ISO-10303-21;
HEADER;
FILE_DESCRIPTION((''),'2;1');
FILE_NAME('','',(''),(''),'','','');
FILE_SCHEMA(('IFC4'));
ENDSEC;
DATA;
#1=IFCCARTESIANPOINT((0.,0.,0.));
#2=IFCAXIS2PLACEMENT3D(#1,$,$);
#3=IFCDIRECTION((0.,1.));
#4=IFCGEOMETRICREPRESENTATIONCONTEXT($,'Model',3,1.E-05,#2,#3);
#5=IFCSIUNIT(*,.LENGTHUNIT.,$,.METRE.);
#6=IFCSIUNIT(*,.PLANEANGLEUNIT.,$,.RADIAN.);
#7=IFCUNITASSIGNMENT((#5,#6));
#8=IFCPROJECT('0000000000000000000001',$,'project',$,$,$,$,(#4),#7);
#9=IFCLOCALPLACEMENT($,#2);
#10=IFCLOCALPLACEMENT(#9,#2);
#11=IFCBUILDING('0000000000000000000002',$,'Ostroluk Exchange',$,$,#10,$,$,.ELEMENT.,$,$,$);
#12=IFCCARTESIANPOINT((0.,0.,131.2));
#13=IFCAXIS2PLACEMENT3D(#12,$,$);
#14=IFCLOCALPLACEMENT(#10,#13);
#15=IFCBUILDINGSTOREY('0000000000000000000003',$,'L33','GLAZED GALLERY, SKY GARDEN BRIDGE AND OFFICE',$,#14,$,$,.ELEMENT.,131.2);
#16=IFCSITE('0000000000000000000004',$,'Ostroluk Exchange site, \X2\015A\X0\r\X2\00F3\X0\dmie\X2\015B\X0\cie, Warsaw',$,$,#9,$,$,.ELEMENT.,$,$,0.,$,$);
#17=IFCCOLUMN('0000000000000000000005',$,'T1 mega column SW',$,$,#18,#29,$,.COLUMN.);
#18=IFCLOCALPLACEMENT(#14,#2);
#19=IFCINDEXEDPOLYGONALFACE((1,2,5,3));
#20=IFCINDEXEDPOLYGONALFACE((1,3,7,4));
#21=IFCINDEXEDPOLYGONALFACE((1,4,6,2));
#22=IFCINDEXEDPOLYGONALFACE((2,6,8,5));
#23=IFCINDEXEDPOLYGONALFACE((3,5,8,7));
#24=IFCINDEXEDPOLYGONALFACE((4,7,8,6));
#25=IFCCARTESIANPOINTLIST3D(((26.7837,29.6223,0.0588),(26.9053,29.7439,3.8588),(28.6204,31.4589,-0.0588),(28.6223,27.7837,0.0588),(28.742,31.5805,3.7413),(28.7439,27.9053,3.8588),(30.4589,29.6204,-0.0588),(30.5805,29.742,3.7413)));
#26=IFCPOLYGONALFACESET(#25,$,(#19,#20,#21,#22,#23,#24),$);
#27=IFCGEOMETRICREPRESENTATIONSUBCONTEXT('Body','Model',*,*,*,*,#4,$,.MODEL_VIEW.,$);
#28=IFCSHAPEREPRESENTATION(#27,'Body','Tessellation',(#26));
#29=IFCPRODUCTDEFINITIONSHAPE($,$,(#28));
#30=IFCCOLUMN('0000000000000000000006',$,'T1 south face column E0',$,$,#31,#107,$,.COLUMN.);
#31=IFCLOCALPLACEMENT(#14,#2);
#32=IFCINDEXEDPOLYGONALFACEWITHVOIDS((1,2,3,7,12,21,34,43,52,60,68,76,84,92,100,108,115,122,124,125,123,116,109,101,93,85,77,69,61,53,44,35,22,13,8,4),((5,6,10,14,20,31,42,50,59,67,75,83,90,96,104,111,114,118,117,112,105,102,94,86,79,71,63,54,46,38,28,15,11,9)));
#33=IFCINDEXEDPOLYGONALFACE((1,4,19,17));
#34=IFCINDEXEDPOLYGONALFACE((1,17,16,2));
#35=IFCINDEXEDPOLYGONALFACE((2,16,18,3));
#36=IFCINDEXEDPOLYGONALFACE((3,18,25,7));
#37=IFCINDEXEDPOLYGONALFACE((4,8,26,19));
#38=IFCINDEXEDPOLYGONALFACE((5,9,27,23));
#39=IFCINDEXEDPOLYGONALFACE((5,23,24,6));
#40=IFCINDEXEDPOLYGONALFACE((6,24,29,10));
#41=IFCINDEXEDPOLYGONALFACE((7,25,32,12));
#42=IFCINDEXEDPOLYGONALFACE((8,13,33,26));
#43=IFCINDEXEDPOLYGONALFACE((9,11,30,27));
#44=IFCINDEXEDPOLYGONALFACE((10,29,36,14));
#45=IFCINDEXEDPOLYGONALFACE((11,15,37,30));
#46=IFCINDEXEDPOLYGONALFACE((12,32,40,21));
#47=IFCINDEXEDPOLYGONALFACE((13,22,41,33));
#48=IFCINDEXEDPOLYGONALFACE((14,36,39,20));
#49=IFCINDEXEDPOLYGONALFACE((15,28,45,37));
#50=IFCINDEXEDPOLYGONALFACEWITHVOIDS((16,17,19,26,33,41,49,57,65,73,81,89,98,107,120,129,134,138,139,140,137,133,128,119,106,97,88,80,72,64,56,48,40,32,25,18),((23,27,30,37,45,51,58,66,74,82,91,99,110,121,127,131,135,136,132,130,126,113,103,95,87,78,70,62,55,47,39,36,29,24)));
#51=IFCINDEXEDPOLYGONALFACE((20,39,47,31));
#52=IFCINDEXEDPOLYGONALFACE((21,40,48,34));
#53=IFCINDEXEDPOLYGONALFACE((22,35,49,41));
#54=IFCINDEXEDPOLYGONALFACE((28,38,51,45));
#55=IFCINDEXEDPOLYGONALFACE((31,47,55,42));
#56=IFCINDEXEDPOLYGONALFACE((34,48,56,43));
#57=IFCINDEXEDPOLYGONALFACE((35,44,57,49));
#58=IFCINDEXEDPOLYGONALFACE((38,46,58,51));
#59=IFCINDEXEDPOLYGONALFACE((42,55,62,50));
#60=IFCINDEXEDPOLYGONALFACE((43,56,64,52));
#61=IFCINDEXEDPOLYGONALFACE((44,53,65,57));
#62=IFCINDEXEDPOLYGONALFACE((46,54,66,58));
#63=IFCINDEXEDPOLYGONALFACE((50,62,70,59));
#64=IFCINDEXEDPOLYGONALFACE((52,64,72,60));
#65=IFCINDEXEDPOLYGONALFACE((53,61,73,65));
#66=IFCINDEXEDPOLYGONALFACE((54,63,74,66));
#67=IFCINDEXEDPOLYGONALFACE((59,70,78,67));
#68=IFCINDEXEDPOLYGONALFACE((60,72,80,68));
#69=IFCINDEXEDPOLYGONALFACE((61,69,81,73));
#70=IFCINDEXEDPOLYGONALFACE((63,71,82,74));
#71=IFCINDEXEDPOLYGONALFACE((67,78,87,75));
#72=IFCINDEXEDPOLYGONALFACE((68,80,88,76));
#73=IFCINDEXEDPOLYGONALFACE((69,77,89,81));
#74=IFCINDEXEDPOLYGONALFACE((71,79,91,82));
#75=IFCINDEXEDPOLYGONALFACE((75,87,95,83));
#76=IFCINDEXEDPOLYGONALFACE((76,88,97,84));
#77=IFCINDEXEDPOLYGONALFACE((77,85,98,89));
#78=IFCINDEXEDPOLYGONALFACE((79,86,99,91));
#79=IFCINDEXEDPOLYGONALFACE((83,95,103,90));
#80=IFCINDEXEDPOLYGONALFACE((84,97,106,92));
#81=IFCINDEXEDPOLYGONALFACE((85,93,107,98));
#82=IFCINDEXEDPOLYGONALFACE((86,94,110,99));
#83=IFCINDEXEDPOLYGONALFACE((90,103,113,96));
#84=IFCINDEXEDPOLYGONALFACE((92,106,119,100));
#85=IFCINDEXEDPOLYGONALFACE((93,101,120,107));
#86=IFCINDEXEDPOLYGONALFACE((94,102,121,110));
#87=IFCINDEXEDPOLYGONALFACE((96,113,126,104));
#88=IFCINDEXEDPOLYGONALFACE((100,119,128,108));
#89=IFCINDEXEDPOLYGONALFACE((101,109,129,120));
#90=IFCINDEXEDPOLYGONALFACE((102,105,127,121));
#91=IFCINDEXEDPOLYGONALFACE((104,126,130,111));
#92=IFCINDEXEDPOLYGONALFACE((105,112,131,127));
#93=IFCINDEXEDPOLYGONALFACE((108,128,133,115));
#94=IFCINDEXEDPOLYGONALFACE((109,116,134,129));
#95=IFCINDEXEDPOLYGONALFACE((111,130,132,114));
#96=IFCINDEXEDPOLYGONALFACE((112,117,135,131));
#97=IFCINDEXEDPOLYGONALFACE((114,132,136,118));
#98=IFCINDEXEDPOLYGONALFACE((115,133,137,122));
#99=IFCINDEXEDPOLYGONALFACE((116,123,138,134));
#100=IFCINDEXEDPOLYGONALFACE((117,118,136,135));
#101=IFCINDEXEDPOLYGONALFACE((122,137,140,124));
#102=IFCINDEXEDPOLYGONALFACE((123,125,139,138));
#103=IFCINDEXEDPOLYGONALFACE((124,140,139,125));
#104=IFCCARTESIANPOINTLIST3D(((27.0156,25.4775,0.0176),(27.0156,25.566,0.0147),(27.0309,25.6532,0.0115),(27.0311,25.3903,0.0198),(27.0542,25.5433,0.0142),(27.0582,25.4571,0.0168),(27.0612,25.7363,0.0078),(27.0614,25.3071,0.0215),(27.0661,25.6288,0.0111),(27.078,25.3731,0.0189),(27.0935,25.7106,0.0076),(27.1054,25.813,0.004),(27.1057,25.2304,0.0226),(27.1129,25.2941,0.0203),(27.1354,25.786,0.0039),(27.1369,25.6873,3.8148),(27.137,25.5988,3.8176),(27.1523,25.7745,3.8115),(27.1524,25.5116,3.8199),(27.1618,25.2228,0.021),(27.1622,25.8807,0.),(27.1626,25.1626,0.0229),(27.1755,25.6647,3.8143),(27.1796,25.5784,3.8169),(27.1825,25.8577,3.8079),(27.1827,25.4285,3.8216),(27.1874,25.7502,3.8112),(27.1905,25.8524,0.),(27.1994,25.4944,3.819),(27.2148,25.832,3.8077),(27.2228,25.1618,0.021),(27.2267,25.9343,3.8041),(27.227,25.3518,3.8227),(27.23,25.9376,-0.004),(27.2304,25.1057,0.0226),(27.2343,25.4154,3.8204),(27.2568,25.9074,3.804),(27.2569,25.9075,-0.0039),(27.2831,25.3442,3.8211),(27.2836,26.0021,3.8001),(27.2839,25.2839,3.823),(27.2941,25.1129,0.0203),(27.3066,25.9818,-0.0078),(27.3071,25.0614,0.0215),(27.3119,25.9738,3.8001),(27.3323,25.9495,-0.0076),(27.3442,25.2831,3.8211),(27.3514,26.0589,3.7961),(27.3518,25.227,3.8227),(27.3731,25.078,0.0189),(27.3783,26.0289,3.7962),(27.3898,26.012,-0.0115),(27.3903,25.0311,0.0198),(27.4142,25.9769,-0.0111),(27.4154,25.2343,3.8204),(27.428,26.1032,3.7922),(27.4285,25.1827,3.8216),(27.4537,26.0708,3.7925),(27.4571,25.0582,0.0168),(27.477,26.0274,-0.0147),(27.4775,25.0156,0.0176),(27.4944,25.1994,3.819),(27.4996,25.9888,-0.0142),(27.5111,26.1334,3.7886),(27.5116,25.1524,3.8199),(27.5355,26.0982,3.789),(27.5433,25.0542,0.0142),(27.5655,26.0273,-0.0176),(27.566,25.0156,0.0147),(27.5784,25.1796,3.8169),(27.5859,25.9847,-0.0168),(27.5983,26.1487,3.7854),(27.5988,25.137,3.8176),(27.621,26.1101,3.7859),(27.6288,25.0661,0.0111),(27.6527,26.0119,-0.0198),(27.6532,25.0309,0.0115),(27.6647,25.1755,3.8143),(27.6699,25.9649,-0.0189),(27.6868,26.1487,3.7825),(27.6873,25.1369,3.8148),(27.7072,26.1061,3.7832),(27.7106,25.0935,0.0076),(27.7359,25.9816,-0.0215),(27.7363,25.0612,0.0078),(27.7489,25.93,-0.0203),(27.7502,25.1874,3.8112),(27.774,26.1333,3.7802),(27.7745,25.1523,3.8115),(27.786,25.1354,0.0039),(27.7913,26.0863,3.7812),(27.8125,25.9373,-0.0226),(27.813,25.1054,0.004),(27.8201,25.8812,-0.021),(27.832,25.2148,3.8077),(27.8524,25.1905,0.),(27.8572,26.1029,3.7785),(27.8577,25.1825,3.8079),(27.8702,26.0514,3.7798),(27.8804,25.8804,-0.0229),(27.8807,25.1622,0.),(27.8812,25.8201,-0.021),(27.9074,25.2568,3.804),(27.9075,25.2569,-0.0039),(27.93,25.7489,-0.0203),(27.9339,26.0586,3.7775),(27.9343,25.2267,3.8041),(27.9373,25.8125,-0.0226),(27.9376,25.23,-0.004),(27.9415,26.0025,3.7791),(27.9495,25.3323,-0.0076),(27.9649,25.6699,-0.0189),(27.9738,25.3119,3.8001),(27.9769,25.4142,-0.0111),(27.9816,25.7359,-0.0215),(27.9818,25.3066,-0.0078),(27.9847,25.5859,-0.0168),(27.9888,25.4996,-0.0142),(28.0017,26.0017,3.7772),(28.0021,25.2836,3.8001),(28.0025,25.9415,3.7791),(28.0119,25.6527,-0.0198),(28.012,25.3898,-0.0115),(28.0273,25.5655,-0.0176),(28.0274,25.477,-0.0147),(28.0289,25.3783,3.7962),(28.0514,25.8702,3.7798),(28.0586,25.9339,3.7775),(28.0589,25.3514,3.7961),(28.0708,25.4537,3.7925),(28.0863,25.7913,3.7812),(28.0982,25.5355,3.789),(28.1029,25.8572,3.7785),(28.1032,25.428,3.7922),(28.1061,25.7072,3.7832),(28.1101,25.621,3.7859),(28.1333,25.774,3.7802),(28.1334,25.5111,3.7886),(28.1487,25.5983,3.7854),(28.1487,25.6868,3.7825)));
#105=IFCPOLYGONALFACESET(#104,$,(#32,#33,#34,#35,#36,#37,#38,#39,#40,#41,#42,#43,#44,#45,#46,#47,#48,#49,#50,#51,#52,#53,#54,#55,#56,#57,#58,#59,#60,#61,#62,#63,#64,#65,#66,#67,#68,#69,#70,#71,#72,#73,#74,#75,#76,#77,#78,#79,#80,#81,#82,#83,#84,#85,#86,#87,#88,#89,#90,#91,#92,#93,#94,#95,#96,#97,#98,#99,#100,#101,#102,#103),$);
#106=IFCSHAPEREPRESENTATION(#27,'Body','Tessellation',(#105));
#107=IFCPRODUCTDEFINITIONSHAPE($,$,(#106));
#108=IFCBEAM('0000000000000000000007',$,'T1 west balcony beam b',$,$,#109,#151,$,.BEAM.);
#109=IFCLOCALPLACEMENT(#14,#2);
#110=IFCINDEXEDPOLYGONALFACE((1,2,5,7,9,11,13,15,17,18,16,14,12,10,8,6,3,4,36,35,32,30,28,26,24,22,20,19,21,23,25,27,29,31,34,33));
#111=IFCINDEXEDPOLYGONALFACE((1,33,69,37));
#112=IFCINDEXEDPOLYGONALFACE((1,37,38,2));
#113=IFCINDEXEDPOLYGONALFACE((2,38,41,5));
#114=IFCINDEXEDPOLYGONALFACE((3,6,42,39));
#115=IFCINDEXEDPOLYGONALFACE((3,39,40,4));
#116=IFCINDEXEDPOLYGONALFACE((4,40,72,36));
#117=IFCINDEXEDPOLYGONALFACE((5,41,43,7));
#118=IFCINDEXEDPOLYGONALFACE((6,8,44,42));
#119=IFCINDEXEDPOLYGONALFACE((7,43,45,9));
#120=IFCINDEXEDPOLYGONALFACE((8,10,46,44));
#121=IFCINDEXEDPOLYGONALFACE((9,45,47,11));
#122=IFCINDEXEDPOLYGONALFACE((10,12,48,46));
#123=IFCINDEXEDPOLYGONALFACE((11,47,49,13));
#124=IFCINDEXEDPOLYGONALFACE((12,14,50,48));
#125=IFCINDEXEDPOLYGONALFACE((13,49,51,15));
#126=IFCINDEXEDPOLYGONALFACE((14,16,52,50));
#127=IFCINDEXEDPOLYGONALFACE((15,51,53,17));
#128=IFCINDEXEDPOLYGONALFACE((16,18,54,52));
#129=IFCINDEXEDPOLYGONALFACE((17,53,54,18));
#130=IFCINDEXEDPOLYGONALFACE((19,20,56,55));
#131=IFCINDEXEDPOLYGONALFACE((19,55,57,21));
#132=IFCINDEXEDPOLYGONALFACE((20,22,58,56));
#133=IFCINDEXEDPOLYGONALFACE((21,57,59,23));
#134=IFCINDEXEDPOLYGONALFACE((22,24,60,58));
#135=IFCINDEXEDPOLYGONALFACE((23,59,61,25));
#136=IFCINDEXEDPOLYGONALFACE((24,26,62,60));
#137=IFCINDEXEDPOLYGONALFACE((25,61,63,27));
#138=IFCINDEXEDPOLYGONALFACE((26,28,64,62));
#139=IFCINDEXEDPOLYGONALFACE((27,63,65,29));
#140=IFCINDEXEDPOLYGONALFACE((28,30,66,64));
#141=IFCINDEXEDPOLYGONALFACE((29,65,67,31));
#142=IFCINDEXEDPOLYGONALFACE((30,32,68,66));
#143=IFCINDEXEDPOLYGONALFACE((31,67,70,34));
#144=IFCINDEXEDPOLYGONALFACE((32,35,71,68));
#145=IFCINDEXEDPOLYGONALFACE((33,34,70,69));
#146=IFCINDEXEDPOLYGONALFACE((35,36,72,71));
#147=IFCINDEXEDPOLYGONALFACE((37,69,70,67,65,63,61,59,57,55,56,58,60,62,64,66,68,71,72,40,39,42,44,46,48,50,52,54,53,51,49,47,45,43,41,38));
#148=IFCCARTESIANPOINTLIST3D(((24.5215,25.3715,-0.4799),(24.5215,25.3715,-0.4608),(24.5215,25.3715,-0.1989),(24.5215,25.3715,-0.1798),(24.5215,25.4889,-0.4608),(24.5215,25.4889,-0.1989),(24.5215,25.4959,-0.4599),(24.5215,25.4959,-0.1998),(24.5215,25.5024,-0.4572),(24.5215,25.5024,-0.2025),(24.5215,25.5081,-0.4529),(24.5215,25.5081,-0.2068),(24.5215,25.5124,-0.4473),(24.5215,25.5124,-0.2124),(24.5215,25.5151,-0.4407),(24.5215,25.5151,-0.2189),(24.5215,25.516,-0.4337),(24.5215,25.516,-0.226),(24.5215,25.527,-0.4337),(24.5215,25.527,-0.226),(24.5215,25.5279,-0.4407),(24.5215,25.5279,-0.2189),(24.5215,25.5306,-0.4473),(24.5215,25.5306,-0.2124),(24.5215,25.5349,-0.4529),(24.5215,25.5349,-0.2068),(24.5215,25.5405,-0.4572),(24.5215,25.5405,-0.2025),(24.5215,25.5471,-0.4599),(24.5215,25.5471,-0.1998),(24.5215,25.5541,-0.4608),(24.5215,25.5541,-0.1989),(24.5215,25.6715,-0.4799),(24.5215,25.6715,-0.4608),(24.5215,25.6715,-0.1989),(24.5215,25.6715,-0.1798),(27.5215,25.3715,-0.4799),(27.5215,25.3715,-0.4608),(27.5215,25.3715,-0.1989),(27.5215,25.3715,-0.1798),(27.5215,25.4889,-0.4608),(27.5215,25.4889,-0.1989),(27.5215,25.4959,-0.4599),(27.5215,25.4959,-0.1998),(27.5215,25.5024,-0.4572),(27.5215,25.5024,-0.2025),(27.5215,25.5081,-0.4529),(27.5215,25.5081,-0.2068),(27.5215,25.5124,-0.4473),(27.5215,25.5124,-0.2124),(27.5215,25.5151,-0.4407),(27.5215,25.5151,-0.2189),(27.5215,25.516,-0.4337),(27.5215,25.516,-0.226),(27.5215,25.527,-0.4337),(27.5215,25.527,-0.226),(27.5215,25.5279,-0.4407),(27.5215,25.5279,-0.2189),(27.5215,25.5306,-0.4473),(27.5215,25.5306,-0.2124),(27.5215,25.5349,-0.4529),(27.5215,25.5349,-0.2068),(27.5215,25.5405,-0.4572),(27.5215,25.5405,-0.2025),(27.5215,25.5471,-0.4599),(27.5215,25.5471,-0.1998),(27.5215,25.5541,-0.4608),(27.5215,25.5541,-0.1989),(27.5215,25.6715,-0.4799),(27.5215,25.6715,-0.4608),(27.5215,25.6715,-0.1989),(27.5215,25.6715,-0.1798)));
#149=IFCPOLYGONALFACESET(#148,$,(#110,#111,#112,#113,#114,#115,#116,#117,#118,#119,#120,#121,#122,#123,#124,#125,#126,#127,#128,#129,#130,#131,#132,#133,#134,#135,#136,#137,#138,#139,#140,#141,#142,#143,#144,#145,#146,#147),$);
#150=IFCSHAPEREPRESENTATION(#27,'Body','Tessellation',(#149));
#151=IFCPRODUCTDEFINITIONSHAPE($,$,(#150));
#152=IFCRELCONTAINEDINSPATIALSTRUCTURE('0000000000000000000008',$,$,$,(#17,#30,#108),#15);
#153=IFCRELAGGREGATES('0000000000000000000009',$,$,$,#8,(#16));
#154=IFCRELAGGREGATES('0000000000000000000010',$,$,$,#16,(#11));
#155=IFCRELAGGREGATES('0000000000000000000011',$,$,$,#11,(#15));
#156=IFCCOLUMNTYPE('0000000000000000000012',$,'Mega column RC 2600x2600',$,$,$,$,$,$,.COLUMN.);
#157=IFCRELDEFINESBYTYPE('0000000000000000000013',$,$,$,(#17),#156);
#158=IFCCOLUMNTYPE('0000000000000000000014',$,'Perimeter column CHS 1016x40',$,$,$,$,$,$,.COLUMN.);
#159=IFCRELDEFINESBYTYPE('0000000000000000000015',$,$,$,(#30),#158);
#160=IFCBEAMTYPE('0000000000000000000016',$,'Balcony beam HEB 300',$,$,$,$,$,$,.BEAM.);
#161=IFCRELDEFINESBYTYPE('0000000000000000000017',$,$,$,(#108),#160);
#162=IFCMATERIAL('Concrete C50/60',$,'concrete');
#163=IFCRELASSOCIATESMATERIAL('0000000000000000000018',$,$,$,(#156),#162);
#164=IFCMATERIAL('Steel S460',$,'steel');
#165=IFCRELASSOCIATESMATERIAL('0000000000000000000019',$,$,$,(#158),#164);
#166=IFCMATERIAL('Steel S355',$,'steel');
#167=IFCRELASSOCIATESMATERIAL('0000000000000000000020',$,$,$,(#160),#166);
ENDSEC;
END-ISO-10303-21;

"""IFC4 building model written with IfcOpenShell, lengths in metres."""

from ifc_helpers import new_model, si_unit, direction, frame, origin, origin_2d, place, context, subcontext, project, spatial, rectangle, hollow_circle, i_section, extrude, material, material_profile, profile_set, type_object, element, save


model = new_model("IFC4")

# Units and contexts
model_context = context("Model", 3, precision=1e-05, world=origin(), true_north=direction((0.0, 1.0)))
body_context = subcontext(model_context, "Body", "Model", "MODEL_VIEW")
ifc_project = project(units=[si_unit("LENGTHUNIT", "METRE"), si_unit("PLANEANGLEUNIT", "RADIAN")], contexts=[model_context])

# Site, building, storey
site_placement = place(None, origin())
site = spatial("IfcSite", under=ifc_project, at=site_placement, Name="Ostroluk Exchange site, Śródmieście, Warsaw", CompositionType="ELEMENT", RefElevation=0.0)
building_placement = place(site_placement, origin())
building = spatial("IfcBuilding", under=site, at=building_placement, Name="Ostroluk Exchange", CompositionType="ELEMENT")
storey_placement = place(building_placement, frame((0.0, 0.0, 131.2)))
storey = spatial("IfcBuildingStorey", under=building, at=storey_placement, Name="L33", Description="GLAZED GALLERY, SKY GARDEN BRIDGE AND OFFICE", CompositionType="ELEMENT", Elevation=131.2)

# Columns
ifc_material_1 = material(Name="Concrete C50/60", Category="concrete")
ifc_material_profile_1 = material_profile(ifc_material_1, rectangle(XDim=2.6001, YDim=2.6001, at=origin_2d()), Name="RC 2600x2600")
ifc_profile_set_1 = profile_set([ifc_material_profile_1], Name="Concrete C50/60")
column_type_1 = type_object("IfcColumnType", Name="Mega column RC 2600x2600", PredefinedType="COLUMN", material=ifc_profile_set_1)
column_1_placement = place(storey_placement, frame((28.6213, 29.6213, 0.0), z_axis=(0.031962, 0.031962, 0.998978), x_axis=(-0.707107, 0.707107, 0.0)))
element("IfcColumn", 1, at=column_1_placement, inside=storey, type_object=column_type_1, Name="T1 mega column SW", PredefinedType="COLUMN", context=body_context, shape_type="SweptSolid", body=[
    extrude(rectangle(XDim=2.6001, YDim=2.6001, at=origin_2d()), origin(), (0.0, 0.0, 1.0), 3.804),
])
ifc_material_2 = material(Name="Steel S460", Category="steel")
ifc_material_profile_2 = material_profile(ifc_material_2, hollow_circle(Radius=0.5081, WallThickness=0.04, at=origin_2d()), Name="CHS 1016x40")
ifc_profile_set_2 = profile_set([ifc_material_profile_2], Name="Steel S460")
column_type_2 = type_object("IfcColumnType", Name="Perimeter column CHS 1016x40", PredefinedType="COLUMN", material=ifc_profile_set_2)
column_2_placement = place(storey_placement, frame((27.5215, 25.5215, 0.0), z_axis=(0.031898, 0.031898, 0.998982), x_axis=(-0.707107, 0.707107, 0.0)))
element("IfcColumn", 2, at=column_2_placement, inside=storey, type_object=column_type_2, Name="T1 south face column E0", PredefinedType="COLUMN", context=body_context, shape_type="SweptSolid", body=[
    extrude(hollow_circle(Radius=0.5081, WallThickness=0.04, at=origin_2d()), origin(), (0.0, 0.0, 1.0), 3.804),
])

# Beam
ifc_material_3 = material(Name="Steel S355", Category="steel")
ifc_material_profile_3 = material_profile(ifc_material_3, i_section(OverallWidth=0.3, OverallDepth=0.3, WebThickness=0.011, FlangeThickness=0.019, FilletRadius=0.0271, at=origin_2d()), Name="HEB 300")
ifc_profile_set_3 = profile_set([ifc_material_profile_3], Name="Steel S355")
beam_type_1 = type_object("IfcBeamType", Name="Balcony beam HEB 300", PredefinedType="BEAM", material=ifc_profile_set_3)
beam_1_placement = place(storey_placement, frame((27.5215, 25.5215, -0.3298), z_axis=(-1.0, 0.0, 0.0), x_axis=(0.0, -1.0, 0.0)))
element("IfcBeam", 3, at=beam_1_placement, inside=storey, type_object=beam_type_1, Name="T1 west balcony beam b", PredefinedType="BEAM", context=body_context, shape_type="SweptSolid", body=[
    extrude(i_section(OverallWidth=0.3, OverallDepth=0.3, WebThickness=0.011, FlangeThickness=0.019, FilletRadius=0.0271, at=origin_2d()), origin(), (0.0, 0.0, 1.0), 3.0),
])

save(model, "model.ifc")
